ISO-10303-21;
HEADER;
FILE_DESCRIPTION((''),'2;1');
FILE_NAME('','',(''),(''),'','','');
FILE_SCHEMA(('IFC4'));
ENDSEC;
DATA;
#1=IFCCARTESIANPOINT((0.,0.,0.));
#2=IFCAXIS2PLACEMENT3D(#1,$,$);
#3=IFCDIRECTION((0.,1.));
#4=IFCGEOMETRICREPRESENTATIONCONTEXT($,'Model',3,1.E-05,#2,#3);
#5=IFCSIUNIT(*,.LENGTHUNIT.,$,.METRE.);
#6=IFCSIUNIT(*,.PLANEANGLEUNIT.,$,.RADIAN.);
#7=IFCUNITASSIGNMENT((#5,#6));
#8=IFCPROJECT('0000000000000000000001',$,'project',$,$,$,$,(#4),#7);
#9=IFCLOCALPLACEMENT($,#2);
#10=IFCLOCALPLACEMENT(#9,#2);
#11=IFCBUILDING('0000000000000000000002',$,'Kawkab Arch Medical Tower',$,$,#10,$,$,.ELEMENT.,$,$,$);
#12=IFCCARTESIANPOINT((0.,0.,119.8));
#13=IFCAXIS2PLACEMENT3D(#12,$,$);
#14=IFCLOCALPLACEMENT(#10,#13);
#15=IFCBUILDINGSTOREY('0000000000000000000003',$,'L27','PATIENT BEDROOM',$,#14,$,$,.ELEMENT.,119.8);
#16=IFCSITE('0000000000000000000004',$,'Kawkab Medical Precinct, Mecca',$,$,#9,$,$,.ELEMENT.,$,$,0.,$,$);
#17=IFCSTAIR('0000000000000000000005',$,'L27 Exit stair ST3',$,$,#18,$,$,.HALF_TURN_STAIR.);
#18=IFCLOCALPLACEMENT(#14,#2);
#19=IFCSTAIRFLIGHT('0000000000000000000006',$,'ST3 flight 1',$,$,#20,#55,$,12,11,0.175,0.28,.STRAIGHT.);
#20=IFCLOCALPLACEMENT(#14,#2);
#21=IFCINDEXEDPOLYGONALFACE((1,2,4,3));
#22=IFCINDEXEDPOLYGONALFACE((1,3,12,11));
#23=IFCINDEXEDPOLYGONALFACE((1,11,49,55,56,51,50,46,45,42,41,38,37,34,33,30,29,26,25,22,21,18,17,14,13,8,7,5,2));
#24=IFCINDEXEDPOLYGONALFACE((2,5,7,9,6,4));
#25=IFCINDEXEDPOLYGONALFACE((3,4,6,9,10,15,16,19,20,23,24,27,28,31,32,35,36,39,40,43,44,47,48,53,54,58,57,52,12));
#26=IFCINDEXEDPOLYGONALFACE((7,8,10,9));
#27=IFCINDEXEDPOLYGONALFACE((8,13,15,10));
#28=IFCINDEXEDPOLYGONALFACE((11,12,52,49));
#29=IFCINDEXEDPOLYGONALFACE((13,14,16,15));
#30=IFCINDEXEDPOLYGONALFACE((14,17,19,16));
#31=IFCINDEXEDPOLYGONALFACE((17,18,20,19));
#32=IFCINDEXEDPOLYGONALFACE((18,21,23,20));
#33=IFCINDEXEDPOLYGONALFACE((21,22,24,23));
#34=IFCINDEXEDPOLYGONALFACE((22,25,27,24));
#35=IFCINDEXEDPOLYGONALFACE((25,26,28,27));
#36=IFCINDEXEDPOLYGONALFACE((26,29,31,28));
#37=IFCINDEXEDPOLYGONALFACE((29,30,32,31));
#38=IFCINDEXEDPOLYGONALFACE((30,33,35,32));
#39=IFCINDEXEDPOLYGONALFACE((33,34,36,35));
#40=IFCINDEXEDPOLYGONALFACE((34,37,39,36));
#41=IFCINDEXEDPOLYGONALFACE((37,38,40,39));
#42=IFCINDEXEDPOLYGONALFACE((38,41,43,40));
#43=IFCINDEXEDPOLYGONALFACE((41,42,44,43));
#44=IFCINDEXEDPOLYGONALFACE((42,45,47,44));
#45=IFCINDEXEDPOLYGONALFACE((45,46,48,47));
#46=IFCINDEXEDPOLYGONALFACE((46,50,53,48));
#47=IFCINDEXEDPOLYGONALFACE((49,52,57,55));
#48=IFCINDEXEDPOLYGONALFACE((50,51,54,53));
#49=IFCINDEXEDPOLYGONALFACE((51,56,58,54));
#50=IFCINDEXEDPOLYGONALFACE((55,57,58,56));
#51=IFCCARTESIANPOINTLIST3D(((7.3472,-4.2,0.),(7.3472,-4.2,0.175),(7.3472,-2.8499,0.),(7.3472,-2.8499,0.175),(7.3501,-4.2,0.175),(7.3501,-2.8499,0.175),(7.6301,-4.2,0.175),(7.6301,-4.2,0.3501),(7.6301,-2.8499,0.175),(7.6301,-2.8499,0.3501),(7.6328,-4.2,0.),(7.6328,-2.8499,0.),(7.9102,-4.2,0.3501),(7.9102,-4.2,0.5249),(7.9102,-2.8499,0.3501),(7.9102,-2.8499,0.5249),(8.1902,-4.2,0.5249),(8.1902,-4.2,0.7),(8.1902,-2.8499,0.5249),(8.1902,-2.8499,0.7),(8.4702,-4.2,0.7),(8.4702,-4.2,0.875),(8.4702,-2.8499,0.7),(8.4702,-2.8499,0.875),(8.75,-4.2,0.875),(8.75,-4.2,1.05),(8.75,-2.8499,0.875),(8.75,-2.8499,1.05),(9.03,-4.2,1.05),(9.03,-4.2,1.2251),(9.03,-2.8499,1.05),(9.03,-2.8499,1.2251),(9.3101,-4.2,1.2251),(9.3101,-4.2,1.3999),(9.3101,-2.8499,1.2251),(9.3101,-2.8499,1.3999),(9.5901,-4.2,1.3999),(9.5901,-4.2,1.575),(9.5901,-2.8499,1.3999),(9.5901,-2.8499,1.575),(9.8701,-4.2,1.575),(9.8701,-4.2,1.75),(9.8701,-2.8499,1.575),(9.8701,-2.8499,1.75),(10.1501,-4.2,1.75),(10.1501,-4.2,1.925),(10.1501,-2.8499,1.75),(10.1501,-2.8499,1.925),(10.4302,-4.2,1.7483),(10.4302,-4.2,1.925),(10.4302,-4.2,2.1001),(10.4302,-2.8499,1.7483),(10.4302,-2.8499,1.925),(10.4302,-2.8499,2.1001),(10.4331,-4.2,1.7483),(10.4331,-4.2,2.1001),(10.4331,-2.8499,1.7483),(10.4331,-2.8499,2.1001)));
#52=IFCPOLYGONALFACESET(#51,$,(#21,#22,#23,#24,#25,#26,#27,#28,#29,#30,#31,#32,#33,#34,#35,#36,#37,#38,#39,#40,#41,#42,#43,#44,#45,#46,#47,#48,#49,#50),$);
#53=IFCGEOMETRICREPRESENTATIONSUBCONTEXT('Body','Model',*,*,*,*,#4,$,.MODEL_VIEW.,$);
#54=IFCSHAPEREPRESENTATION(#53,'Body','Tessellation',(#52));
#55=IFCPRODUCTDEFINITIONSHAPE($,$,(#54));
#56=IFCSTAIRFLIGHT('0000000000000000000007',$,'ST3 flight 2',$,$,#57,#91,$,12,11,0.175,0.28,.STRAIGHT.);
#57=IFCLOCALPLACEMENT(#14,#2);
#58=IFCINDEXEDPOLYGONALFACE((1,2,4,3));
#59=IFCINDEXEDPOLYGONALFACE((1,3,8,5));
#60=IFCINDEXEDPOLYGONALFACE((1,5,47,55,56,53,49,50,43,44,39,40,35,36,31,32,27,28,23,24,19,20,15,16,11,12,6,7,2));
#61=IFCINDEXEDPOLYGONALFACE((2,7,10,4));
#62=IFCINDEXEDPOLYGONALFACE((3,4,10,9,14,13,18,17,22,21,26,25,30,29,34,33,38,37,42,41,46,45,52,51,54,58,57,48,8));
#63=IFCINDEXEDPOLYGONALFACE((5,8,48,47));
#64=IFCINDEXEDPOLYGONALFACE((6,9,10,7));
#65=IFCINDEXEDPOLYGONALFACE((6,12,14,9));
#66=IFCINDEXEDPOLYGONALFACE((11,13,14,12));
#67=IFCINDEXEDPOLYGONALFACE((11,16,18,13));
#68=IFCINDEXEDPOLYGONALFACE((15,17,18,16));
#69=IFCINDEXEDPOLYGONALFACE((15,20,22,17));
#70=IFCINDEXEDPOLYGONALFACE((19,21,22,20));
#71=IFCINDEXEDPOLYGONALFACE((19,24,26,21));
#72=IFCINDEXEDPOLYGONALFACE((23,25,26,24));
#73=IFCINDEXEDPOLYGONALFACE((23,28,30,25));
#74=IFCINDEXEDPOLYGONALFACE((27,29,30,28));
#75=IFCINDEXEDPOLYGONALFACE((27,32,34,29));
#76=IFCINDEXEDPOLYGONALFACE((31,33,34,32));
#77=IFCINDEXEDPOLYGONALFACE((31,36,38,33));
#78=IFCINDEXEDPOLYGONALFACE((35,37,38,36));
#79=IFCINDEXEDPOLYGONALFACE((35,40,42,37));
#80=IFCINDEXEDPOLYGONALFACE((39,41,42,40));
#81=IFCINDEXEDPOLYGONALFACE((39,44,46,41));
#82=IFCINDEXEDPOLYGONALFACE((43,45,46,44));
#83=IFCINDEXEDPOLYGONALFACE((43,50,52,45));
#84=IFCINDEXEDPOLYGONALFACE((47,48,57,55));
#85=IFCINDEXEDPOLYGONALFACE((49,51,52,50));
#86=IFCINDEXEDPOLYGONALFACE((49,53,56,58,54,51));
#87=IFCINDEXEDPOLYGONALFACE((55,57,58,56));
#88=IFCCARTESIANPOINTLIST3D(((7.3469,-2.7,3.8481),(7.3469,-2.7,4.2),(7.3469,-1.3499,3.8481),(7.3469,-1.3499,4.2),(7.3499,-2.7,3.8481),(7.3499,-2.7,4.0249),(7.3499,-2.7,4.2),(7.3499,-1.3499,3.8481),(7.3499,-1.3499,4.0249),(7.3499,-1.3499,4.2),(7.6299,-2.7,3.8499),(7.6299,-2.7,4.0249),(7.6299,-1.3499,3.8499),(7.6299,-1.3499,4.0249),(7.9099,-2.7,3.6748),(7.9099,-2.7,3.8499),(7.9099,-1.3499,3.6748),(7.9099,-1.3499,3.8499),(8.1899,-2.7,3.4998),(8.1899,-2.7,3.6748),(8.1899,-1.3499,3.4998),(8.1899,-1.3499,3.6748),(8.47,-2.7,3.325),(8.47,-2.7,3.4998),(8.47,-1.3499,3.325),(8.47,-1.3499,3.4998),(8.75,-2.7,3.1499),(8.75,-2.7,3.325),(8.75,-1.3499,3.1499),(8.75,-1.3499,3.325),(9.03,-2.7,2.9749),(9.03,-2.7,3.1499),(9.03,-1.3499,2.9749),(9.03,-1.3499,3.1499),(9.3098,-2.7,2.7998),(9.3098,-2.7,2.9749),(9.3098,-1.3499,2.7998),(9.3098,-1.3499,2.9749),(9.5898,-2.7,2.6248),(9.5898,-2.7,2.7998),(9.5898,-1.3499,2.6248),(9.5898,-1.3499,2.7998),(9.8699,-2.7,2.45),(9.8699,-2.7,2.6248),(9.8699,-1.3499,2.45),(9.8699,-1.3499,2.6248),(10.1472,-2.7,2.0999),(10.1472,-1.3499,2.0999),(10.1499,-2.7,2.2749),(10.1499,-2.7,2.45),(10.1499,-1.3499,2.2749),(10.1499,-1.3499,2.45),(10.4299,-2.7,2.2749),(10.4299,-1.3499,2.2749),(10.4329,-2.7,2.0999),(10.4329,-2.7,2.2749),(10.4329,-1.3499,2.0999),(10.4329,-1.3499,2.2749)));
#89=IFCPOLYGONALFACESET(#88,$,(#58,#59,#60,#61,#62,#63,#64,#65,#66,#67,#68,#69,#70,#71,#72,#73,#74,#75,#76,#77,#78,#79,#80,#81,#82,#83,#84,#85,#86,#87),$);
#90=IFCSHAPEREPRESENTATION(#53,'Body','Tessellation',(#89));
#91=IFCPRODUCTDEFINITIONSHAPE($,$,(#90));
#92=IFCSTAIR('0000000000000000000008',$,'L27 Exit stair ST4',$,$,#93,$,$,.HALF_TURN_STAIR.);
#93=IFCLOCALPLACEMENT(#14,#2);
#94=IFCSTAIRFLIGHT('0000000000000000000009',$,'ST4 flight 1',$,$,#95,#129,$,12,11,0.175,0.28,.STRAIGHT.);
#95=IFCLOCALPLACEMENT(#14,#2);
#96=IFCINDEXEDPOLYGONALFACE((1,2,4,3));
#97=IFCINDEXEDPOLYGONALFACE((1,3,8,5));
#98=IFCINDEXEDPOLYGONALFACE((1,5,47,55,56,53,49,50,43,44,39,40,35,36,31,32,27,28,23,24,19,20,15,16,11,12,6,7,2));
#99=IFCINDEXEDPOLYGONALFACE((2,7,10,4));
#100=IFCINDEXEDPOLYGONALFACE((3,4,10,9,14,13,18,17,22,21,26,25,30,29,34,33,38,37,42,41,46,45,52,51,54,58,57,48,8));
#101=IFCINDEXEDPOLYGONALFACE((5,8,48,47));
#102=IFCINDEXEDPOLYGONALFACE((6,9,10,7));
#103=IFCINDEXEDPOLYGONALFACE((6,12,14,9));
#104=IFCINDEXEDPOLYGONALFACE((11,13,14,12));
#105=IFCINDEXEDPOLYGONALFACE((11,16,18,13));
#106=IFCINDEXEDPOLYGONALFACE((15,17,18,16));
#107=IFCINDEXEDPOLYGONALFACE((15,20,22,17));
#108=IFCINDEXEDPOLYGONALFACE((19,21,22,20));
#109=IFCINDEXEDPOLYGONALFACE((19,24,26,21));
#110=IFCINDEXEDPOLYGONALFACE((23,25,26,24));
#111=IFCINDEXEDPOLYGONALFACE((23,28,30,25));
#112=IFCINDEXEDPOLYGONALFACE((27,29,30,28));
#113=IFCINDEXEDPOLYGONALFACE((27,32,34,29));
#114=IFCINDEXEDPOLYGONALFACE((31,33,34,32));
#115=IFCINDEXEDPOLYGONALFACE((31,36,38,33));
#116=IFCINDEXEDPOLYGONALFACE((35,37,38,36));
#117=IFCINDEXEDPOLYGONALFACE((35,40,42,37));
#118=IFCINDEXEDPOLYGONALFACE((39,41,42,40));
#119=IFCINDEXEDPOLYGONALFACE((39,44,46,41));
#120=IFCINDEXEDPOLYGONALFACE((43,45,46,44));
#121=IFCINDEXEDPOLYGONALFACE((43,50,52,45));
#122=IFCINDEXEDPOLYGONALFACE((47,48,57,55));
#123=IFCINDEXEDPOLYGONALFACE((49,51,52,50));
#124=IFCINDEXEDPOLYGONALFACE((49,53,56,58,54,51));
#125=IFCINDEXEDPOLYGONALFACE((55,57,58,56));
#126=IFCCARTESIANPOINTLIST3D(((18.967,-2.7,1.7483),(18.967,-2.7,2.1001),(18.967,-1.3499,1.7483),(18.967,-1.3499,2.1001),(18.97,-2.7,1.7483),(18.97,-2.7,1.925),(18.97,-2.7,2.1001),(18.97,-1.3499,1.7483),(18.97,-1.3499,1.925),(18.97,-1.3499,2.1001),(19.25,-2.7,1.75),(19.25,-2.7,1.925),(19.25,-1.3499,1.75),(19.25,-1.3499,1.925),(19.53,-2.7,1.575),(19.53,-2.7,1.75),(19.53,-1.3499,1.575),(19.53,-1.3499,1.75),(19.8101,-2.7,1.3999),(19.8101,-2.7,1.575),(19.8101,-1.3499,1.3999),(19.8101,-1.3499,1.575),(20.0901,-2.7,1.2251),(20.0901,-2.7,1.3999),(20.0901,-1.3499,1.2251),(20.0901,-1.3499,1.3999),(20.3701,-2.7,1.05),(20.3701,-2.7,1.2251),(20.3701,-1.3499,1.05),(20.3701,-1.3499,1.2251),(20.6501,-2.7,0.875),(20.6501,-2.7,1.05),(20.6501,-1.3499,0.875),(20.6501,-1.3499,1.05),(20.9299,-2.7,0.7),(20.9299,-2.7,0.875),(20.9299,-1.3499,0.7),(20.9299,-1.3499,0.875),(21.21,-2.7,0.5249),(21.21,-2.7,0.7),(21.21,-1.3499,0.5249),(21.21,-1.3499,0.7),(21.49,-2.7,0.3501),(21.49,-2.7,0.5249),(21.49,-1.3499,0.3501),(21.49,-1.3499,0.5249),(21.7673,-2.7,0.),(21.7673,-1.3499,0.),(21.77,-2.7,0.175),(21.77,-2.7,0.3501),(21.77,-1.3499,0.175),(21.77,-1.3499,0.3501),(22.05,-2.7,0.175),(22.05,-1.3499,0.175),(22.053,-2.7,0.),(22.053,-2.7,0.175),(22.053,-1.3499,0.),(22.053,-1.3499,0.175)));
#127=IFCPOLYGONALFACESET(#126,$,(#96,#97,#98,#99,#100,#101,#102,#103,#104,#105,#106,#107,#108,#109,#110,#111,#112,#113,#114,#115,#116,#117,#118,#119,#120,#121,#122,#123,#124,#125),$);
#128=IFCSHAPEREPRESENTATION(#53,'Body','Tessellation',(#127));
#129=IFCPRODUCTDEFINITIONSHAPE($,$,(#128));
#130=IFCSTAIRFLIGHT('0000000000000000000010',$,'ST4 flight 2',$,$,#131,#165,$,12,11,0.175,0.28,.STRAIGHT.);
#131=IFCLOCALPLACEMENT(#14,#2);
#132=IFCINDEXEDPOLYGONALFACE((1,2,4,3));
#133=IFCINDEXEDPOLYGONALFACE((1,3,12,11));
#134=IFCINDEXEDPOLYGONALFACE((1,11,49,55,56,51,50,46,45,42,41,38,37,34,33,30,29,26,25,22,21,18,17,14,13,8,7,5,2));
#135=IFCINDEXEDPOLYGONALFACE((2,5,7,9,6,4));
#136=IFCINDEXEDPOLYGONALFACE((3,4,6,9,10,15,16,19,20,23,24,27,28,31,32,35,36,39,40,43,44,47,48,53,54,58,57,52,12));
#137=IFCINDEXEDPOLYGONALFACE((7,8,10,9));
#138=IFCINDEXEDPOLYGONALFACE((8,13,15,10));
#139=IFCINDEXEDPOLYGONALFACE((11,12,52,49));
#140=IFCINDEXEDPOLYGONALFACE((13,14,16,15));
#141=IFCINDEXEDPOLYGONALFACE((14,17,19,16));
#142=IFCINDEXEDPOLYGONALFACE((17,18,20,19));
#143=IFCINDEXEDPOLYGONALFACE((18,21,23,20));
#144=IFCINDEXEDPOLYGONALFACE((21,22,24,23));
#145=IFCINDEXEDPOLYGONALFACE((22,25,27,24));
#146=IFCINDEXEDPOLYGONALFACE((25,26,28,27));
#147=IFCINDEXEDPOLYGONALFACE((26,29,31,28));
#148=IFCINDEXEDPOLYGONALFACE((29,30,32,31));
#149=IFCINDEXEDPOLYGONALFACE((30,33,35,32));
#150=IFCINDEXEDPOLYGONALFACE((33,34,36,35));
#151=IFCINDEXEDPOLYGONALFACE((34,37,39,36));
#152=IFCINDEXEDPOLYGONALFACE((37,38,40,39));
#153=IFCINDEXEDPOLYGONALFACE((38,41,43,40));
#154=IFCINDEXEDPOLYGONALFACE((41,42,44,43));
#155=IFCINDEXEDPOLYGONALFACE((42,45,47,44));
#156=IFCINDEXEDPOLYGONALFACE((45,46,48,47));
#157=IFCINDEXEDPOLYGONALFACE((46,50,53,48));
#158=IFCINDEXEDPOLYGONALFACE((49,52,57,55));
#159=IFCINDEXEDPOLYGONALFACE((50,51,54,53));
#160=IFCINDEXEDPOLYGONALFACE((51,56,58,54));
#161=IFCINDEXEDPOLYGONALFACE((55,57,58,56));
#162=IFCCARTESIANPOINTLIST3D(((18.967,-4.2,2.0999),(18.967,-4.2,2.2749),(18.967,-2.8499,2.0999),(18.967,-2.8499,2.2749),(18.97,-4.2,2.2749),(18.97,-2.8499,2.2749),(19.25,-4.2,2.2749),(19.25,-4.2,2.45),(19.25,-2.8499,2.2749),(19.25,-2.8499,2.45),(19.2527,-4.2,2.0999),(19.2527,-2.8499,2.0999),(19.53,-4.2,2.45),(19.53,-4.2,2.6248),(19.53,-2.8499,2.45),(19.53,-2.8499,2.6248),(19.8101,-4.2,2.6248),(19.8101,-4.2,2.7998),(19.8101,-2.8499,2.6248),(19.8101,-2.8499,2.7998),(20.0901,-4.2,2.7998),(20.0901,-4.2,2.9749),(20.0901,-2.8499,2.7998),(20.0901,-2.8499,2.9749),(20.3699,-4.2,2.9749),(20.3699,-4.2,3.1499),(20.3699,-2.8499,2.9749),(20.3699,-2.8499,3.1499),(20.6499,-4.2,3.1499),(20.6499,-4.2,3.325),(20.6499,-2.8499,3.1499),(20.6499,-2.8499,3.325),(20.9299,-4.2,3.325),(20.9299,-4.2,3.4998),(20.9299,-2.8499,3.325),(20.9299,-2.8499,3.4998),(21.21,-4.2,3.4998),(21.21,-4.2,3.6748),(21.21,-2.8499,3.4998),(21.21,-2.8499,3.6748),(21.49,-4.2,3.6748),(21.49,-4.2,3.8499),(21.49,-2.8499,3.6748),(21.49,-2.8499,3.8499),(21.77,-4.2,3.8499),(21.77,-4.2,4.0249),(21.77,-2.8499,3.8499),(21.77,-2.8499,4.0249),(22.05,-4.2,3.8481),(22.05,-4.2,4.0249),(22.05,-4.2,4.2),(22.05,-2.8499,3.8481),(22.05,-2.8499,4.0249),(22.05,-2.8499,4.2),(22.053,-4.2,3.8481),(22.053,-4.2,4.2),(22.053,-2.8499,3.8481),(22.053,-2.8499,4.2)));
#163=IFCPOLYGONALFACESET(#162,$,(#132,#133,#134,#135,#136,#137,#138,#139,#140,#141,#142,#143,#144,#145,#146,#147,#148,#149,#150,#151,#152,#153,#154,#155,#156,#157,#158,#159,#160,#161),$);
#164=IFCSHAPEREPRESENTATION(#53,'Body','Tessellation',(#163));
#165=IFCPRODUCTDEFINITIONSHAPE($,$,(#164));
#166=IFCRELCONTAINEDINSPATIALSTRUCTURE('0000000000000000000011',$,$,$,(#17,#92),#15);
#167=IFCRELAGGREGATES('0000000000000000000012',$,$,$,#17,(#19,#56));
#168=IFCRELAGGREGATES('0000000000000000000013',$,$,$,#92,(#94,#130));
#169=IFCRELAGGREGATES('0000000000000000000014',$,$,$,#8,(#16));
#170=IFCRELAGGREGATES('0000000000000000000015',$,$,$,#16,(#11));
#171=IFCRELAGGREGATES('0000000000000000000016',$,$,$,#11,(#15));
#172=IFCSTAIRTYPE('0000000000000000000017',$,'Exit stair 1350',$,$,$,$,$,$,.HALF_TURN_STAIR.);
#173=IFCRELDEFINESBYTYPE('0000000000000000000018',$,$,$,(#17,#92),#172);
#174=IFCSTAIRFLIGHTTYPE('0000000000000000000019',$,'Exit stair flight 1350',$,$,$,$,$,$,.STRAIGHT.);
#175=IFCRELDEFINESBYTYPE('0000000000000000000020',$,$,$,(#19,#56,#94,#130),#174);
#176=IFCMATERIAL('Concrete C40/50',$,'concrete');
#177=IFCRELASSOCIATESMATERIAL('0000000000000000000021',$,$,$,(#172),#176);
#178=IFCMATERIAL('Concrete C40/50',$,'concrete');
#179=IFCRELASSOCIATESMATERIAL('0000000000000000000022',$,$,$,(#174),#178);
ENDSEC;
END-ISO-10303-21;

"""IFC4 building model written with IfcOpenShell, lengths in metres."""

from ifc_helpers import new_model, si_unit, direction, frame, origin, place, context, subcontext, project, spatial, polyline, outline, extrude, material, type_object, element, aggregate, save


model = new_model("IFC4")

# Units and contexts
model_context = context("Model", 3, precision=1e-05, world=origin(), true_north=direction((0.0, 1.0)))
body_context = subcontext(model_context, "Body", "Model", "MODEL_VIEW")
ifc_project = project(units=[si_unit("LENGTHUNIT", "METRE"), si_unit("PLANEANGLEUNIT", "RADIAN")], contexts=[model_context])

# Site, building, storey
site_placement = place(None, origin())
site = spatial("IfcSite", under=ifc_project, at=site_placement, Name="Kawkab Medical Precinct, Mecca", CompositionType="ELEMENT", RefElevation=0.0)
building_placement = place(site_placement, origin())
building = spatial("IfcBuilding", under=site, at=building_placement, Name="Kawkab Arch Medical Tower", CompositionType="ELEMENT")
storey_placement = place(building_placement, frame((0.0, 0.0, 119.8)))
storey = spatial("IfcBuildingStorey", under=building, at=storey_placement, Name="L27", Description="PATIENT BEDROOM", CompositionType="ELEMENT", Elevation=119.8)

# Shared definitions
placement = place(storey_placement, origin())

# Stairs, stair flights
ifc_material_1 = material(Name="Concrete C40/50", Category="concrete")
stair_type = type_object("IfcStairType", Name="Exit stair 1350", PredefinedType="HALF_TURN_STAIR", material=ifc_material_1)
stair_1 = element("IfcStair", 1, at=placement, inside=storey, type_object=stair_type, Name="L27 Exit stair ST3", PredefinedType="HALF_TURN_STAIR")
ifc_material_2 = material(Name="Concrete C40/50", Category="concrete")
stair_flight_type = type_object("IfcStairFlightType", Name="Exit stair flight 1350", PredefinedType="STRAIGHT", material=ifc_material_2)
stair_flight_1_placement = place(storey_placement, frame((7.3501, -3.5249, 0.0), z_axis=(0.0, 0.0, 1.0), x_axis=(1.0, 0.0, 0.0)))
stair_flight_1 = element("IfcStairFlight", 2, at=stair_flight_1_placement, type_object=stair_flight_type, Name="ST3 flight 1", NumberOfRisers=12, NumberOfTreads=11, PredefinedType="STRAIGHT", RiserHeight=0.175, TreadLength=0.28, context=body_context, shape_type="SweptSolid", body=[
    extrude(outline(polyline([(-0.0029, 0.0), (-0.0029, 0.175), (0.0, 0.175), (0.28, 0.175), (0.28, 0.3501), (0.5601, 0.3501), (0.5601, 0.5249), (0.8401, 0.5249), (0.8401, 0.7), (1.1201, 0.7), (1.1201, 0.875), (1.3999, 0.875), (1.3999, 1.05), (1.6799, 1.05), (1.6799, 1.2251), (1.96, 1.2251), (1.96, 1.3999), (2.24, 1.3999), (2.24, 1.575), (2.52, 1.575), (2.52, 1.75), (2.8, 1.75), (2.8, 1.925), (3.0801, 1.925), (3.0801, 2.1001), (3.083, 2.1001), (3.083, 1.7483), (3.0801, 1.7483), (0.2827, 0.0), (-0.0029, 0.0)])), frame((0.0, 0.675, 0.0), z_axis=(0.0, -1.0, 0.0), x_axis=(1.0, 0.0, 0.0)), (0.0, 0.0, 1.0), 1.3501),
])
stair_flight_2_placement = place(storey_placement, frame((10.4299, -2.0249, 2.0999), z_axis=(0.0, 0.0, 1.0), x_axis=(-1.0, 0.0, 0.0)))
stair_flight_2 = element("IfcStairFlight", 3, at=stair_flight_2_placement, type_object=stair_flight_type, Name="ST3 flight 2", NumberOfRisers=12, NumberOfTreads=11, PredefinedType="STRAIGHT", RiserHeight=0.175, TreadLength=0.28, context=body_context, shape_type="SweptSolid", body=[
    extrude(outline(polyline([(-0.0029, 0.0), (-0.0029, 0.175), (0.0, 0.175), (0.28, 0.175), (0.28, 0.3501), (0.5601, 0.3501), (0.5601, 0.5249), (0.8401, 0.5249), (0.8401, 0.7), (1.1201, 0.7), (1.1201, 0.875), (1.3999, 0.875), (1.3999, 1.05), (1.6799, 1.05), (1.6799, 1.2251), (1.96, 1.2251), (1.96, 1.3999), (2.24, 1.3999), (2.24, 1.575), (2.52, 1.575), (2.52, 1.75), (2.8, 1.75), (2.8, 1.925), (3.0801, 1.925), (3.0801, 2.1001), (3.083, 2.1001), (3.083, 1.7483), (3.0801, 1.7483), (0.2827, 0.0), (-0.0029, 0.0)])), frame((0.0, 0.675, 0.0), z_axis=(0.0, -1.0, 0.0), x_axis=(1.0, 0.0, 0.0)), (0.0, 0.0, 1.0), 1.3501),
])
aggregate(stair_1, [stair_flight_1, stair_flight_2])
stair_2 = element("IfcStair", 4, at=placement, inside=storey, type_object=stair_type, Name="L27 Exit stair ST4", PredefinedType="HALF_TURN_STAIR")
stair_flight_3_placement = place(storey_placement, frame((22.05, -2.0249, 0.0), z_axis=(0.0, 0.0, 1.0), x_axis=(-1.0, 0.0, 0.0)))
stair_flight_3 = element("IfcStairFlight", 5, at=stair_flight_3_placement, type_object=stair_flight_type, Name="ST4 flight 1", NumberOfRisers=12, NumberOfTreads=11, PredefinedType="STRAIGHT", RiserHeight=0.175, TreadLength=0.28, context=body_context, shape_type="SweptSolid", body=[
    extrude(outline(polyline([(-0.0029, 0.0), (-0.0029, 0.175), (0.0, 0.175), (0.28, 0.175), (0.28, 0.3501), (0.5601, 0.3501), (0.5601, 0.5249), (0.8401, 0.5249), (0.8401, 0.7), (1.1201, 0.7), (1.1201, 0.875), (1.3999, 0.875), (1.3999, 1.05), (1.6799, 1.05), (1.6799, 1.2251), (1.96, 1.2251), (1.96, 1.3999), (2.24, 1.3999), (2.24, 1.575), (2.52, 1.575), (2.52, 1.75), (2.8, 1.75), (2.8, 1.925), (3.0801, 1.925), (3.0801, 2.1001), (3.083, 2.1001), (3.083, 1.7483), (3.0801, 1.7483), (0.2827, 0.0), (-0.0029, 0.0)])), frame((0.0, 0.675, 0.0), z_axis=(0.0, -1.0, 0.0), x_axis=(1.0, 0.0, 0.0)), (0.0, 0.0, 1.0), 1.3501),
])
stair_flight_4_placement = place(storey_placement, frame((18.97, -3.5249, 2.0999), z_axis=(0.0, 0.0, 1.0), x_axis=(1.0, 0.0, 0.0)))
stair_flight_4 = element("IfcStairFlight", 6, at=stair_flight_4_placement, type_object=stair_flight_type, Name="ST4 flight 2", NumberOfRisers=12, NumberOfTreads=11, PredefinedType="STRAIGHT", RiserHeight=0.175, TreadLength=0.28, context=body_context, shape_type="SweptSolid", body=[
    extrude(outline(polyline([(-0.0029, 0.0), (-0.0029, 0.175), (0.0, 0.175), (0.28, 0.175), (0.28, 0.3501), (0.5601, 0.3501), (0.5601, 0.5249), (0.8401, 0.5249), (0.8401, 0.7), (1.1201, 0.7), (1.1201, 0.875), (1.3999, 0.875), (1.3999, 1.05), (1.6799, 1.05), (1.6799, 1.2251), (1.96, 1.2251), (1.96, 1.3999), (2.24, 1.3999), (2.24, 1.575), (2.52, 1.575), (2.52, 1.75), (2.8, 1.75), (2.8, 1.925), (3.0801, 1.925), (3.0801, 2.1001), (3.083, 2.1001), (3.083, 1.7483), (3.0801, 1.7483), (0.2827, 0.0), (-0.0029, 0.0)])), frame((0.0, 0.675, 0.0), z_axis=(0.0, -1.0, 0.0), x_axis=(1.0, 0.0, 0.0)), (0.0, 0.0, 1.0), 1.3501),
])
aggregate(stair_2, [stair_flight_3, stair_flight_4])

save(model, "model.ifc")
